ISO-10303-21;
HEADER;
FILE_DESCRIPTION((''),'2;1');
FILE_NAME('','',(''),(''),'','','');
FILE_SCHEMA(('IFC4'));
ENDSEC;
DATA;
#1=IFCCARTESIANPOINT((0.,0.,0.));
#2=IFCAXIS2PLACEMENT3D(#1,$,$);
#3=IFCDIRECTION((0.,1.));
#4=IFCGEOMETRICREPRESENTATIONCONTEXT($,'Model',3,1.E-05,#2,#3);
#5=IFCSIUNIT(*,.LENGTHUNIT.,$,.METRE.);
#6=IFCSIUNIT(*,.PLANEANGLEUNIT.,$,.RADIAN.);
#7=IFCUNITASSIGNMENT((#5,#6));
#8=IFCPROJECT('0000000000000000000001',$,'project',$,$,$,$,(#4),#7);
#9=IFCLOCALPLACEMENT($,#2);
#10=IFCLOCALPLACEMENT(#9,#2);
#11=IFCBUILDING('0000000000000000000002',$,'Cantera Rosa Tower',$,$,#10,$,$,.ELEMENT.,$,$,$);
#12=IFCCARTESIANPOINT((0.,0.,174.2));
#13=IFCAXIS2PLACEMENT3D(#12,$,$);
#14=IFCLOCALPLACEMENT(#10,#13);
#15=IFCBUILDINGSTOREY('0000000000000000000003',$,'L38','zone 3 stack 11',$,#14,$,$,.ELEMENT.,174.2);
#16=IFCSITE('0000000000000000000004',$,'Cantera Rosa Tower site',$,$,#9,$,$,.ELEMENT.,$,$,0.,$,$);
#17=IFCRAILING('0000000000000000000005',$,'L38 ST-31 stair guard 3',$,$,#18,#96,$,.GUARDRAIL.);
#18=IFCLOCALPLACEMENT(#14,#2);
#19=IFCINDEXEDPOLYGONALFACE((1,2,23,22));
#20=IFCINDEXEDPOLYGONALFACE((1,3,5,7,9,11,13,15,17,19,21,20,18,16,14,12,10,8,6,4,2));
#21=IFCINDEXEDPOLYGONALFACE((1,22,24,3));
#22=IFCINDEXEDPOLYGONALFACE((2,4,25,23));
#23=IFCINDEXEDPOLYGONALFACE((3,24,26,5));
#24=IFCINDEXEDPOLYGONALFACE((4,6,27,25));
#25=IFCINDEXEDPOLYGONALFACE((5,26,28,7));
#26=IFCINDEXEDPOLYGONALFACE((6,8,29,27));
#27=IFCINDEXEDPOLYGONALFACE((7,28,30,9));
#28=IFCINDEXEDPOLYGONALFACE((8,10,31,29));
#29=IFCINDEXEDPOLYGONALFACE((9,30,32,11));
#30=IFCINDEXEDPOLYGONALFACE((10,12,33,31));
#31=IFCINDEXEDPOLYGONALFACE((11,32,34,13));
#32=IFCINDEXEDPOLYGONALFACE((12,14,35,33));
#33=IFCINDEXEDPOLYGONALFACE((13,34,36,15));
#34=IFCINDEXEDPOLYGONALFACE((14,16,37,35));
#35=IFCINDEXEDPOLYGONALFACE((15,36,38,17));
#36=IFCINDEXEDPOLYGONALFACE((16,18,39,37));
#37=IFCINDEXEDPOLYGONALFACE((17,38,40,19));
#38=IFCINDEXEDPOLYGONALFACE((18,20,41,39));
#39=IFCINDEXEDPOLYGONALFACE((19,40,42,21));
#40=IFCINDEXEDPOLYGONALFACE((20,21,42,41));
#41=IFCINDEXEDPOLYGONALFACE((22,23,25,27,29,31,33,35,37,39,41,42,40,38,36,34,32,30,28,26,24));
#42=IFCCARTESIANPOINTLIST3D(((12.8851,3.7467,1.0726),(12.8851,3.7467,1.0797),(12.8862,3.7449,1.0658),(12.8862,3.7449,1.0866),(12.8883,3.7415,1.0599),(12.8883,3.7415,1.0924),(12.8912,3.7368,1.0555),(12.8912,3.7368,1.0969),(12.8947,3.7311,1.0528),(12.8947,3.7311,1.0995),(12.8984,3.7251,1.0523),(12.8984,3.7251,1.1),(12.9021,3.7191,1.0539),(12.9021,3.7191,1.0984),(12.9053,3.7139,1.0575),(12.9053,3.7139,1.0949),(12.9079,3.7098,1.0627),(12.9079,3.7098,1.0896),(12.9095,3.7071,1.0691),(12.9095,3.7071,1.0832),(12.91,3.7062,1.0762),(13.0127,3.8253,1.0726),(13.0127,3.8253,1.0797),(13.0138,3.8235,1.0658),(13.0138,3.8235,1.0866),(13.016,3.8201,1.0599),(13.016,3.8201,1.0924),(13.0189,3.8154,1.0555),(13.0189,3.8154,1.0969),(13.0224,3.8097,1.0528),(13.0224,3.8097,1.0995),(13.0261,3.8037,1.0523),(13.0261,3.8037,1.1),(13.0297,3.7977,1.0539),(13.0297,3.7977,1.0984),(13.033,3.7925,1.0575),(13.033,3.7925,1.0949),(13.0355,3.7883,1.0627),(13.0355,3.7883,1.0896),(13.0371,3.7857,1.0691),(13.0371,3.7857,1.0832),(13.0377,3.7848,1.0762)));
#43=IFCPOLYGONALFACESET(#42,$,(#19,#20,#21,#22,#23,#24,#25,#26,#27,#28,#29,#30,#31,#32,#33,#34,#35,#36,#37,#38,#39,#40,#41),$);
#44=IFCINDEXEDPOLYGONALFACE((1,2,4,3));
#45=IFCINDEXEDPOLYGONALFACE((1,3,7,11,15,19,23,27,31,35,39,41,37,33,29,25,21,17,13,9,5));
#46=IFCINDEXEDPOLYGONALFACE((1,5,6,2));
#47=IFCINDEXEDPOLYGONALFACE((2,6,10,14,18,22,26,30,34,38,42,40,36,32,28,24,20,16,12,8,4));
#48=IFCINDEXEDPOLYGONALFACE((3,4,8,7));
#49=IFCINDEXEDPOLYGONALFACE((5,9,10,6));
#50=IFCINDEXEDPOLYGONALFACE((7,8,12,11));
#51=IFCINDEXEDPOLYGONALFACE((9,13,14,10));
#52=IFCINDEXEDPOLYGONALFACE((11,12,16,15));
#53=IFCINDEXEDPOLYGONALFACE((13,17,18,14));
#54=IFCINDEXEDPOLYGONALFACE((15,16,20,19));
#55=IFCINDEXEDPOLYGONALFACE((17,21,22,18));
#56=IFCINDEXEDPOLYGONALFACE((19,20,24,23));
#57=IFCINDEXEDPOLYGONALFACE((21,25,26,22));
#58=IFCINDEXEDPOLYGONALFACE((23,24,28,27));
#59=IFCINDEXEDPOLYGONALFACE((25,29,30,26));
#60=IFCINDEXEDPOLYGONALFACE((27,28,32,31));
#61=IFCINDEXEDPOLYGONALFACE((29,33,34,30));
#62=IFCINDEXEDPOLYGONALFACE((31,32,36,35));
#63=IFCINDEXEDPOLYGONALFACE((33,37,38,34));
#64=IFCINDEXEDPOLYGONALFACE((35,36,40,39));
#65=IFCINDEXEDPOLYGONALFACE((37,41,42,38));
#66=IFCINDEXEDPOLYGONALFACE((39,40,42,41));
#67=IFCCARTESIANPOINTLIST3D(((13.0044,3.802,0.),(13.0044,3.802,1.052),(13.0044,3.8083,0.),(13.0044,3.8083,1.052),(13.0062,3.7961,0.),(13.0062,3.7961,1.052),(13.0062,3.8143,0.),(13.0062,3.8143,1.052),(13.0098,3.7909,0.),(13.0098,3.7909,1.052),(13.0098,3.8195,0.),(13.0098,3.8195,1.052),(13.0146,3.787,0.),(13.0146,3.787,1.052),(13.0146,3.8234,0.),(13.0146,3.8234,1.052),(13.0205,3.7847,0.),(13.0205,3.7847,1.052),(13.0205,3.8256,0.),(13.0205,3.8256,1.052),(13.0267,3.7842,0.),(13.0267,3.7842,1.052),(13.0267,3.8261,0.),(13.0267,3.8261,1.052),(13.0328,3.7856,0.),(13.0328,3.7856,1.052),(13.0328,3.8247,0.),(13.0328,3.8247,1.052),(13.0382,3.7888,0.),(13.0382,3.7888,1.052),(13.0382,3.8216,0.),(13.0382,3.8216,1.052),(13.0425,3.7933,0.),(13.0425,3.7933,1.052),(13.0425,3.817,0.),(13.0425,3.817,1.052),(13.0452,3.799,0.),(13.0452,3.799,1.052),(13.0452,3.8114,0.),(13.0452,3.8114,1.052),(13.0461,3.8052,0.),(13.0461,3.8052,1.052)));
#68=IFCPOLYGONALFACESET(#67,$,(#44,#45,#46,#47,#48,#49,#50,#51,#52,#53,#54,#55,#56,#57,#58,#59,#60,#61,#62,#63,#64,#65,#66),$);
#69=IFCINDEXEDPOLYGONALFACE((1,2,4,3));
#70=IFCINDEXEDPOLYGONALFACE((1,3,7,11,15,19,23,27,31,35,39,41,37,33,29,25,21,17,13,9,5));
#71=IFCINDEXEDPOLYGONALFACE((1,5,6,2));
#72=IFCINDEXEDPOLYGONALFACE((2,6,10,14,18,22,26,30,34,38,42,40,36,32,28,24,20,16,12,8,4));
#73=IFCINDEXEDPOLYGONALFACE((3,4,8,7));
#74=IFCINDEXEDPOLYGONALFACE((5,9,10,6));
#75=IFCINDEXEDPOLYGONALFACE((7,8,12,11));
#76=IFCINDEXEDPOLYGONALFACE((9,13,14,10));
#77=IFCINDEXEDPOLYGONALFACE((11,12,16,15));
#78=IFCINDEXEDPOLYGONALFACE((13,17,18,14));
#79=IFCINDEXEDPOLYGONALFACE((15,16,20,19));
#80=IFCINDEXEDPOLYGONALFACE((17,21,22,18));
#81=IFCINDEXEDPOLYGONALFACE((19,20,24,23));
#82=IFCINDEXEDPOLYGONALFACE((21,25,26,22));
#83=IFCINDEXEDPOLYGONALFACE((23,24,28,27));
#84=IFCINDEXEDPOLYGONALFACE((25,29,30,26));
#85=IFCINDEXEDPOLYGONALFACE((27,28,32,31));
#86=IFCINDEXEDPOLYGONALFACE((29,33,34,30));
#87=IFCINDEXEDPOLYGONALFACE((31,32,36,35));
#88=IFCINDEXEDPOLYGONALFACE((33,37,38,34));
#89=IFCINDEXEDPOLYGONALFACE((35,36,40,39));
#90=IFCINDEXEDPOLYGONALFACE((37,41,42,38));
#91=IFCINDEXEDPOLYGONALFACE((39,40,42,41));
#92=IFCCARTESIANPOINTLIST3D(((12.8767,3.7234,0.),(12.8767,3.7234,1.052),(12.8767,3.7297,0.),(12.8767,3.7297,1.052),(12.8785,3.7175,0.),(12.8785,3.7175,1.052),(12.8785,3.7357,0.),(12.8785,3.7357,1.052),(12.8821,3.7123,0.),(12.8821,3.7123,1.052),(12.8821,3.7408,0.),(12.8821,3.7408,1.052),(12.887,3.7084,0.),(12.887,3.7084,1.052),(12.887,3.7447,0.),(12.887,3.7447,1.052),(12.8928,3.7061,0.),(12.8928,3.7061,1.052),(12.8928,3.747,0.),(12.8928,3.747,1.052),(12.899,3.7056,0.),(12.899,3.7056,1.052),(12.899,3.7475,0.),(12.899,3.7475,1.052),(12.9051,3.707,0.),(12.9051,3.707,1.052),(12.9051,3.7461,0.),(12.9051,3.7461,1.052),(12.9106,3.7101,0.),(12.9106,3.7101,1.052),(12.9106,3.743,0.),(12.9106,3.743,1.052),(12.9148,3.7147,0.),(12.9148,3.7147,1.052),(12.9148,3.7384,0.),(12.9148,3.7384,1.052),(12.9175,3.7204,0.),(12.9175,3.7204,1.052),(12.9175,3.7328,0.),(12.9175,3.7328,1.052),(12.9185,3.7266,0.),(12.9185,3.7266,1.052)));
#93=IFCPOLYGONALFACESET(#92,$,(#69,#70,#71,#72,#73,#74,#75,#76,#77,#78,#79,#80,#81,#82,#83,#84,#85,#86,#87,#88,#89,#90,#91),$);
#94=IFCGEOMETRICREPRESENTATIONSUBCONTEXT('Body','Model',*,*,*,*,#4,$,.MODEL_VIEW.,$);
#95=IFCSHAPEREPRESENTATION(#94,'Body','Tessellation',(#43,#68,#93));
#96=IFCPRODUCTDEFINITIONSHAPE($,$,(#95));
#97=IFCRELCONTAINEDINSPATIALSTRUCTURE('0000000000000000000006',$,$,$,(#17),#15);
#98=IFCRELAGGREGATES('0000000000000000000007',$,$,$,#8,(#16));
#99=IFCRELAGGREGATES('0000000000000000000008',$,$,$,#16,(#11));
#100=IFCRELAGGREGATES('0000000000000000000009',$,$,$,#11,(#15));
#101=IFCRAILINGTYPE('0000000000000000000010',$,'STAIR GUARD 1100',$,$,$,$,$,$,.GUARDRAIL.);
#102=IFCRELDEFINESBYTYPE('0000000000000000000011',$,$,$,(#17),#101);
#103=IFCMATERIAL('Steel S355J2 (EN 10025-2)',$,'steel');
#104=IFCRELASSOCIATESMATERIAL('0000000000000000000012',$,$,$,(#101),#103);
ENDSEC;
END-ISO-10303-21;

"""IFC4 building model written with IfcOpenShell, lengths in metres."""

from ifc_helpers import new_model, si_unit, direction, frame, origin, origin_2d, place, context, subcontext, project, spatial, circle, extrude, material, type_object, element, save


model = new_model("IFC4")

# Units and contexts
model_context = context("Model", 3, precision=1e-05, world=origin(), true_north=direction((0.0, 1.0)))
body_context = subcontext(model_context, "Body", "Model", "MODEL_VIEW")
ifc_project = project(units=[si_unit("LENGTHUNIT", "METRE"), si_unit("PLANEANGLEUNIT", "RADIAN")], contexts=[model_context])

# Site, building, storey
site_placement = place(None, origin())
site = spatial("IfcSite", under=ifc_project, at=site_placement, Name="Cantera Rosa Tower site", CompositionType="ELEMENT", RefElevation=0.0)
building_placement = place(site_placement, origin())
building = spatial("IfcBuilding", under=site, at=building_placement, Name="Cantera Rosa Tower", CompositionType="ELEMENT")
storey_placement = place(building_placement, frame((0.0, 0.0, 174.2)))
storey = spatial("IfcBuildingStorey", under=building, at=storey_placement, Name="L38", Description="zone 3 stack 11", CompositionType="ELEMENT", Elevation=174.2)

# Railing
ifc_material_1 = material(Name="Steel S355J2 (EN 10025-2)", Category="steel")
railing_type_1 = type_object("IfcRailingType", Name="STAIR GUARD 1100", PredefinedType="GUARDRAIL", material=ifc_material_1)
railing_1_placement = place(storey_placement, frame((13.0251, 3.8052, 0.0)))
element("IfcRailing", 1, at=railing_1_placement, inside=storey, type_object=railing_type_1, Name="L38 ST-31 stair guard 3", PredefinedType="GUARDRAIL", context=body_context, shape_type="SweptSolid", body=[
    extrude(circle(Radius=0.0239, at=origin_2d()), frame((0.0, 0.0, 1.0762), z_axis=(-0.851546, -0.524279, 0.0), x_axis=(0.524279, -0.851546, 0.0)), (0.0, 0.0, 1.0), 0.1499),
    extrude(circle(Radius=0.021, at=origin_2d()), origin(), (0.0, 0.0, 1.0), 1.052),
    extrude(circle(Radius=0.021, at=origin_2d()), frame((-0.1277, -0.0786, 0.0)), (0.0, 0.0, 1.0), 1.052),
])

save(model, "model.ifc")
